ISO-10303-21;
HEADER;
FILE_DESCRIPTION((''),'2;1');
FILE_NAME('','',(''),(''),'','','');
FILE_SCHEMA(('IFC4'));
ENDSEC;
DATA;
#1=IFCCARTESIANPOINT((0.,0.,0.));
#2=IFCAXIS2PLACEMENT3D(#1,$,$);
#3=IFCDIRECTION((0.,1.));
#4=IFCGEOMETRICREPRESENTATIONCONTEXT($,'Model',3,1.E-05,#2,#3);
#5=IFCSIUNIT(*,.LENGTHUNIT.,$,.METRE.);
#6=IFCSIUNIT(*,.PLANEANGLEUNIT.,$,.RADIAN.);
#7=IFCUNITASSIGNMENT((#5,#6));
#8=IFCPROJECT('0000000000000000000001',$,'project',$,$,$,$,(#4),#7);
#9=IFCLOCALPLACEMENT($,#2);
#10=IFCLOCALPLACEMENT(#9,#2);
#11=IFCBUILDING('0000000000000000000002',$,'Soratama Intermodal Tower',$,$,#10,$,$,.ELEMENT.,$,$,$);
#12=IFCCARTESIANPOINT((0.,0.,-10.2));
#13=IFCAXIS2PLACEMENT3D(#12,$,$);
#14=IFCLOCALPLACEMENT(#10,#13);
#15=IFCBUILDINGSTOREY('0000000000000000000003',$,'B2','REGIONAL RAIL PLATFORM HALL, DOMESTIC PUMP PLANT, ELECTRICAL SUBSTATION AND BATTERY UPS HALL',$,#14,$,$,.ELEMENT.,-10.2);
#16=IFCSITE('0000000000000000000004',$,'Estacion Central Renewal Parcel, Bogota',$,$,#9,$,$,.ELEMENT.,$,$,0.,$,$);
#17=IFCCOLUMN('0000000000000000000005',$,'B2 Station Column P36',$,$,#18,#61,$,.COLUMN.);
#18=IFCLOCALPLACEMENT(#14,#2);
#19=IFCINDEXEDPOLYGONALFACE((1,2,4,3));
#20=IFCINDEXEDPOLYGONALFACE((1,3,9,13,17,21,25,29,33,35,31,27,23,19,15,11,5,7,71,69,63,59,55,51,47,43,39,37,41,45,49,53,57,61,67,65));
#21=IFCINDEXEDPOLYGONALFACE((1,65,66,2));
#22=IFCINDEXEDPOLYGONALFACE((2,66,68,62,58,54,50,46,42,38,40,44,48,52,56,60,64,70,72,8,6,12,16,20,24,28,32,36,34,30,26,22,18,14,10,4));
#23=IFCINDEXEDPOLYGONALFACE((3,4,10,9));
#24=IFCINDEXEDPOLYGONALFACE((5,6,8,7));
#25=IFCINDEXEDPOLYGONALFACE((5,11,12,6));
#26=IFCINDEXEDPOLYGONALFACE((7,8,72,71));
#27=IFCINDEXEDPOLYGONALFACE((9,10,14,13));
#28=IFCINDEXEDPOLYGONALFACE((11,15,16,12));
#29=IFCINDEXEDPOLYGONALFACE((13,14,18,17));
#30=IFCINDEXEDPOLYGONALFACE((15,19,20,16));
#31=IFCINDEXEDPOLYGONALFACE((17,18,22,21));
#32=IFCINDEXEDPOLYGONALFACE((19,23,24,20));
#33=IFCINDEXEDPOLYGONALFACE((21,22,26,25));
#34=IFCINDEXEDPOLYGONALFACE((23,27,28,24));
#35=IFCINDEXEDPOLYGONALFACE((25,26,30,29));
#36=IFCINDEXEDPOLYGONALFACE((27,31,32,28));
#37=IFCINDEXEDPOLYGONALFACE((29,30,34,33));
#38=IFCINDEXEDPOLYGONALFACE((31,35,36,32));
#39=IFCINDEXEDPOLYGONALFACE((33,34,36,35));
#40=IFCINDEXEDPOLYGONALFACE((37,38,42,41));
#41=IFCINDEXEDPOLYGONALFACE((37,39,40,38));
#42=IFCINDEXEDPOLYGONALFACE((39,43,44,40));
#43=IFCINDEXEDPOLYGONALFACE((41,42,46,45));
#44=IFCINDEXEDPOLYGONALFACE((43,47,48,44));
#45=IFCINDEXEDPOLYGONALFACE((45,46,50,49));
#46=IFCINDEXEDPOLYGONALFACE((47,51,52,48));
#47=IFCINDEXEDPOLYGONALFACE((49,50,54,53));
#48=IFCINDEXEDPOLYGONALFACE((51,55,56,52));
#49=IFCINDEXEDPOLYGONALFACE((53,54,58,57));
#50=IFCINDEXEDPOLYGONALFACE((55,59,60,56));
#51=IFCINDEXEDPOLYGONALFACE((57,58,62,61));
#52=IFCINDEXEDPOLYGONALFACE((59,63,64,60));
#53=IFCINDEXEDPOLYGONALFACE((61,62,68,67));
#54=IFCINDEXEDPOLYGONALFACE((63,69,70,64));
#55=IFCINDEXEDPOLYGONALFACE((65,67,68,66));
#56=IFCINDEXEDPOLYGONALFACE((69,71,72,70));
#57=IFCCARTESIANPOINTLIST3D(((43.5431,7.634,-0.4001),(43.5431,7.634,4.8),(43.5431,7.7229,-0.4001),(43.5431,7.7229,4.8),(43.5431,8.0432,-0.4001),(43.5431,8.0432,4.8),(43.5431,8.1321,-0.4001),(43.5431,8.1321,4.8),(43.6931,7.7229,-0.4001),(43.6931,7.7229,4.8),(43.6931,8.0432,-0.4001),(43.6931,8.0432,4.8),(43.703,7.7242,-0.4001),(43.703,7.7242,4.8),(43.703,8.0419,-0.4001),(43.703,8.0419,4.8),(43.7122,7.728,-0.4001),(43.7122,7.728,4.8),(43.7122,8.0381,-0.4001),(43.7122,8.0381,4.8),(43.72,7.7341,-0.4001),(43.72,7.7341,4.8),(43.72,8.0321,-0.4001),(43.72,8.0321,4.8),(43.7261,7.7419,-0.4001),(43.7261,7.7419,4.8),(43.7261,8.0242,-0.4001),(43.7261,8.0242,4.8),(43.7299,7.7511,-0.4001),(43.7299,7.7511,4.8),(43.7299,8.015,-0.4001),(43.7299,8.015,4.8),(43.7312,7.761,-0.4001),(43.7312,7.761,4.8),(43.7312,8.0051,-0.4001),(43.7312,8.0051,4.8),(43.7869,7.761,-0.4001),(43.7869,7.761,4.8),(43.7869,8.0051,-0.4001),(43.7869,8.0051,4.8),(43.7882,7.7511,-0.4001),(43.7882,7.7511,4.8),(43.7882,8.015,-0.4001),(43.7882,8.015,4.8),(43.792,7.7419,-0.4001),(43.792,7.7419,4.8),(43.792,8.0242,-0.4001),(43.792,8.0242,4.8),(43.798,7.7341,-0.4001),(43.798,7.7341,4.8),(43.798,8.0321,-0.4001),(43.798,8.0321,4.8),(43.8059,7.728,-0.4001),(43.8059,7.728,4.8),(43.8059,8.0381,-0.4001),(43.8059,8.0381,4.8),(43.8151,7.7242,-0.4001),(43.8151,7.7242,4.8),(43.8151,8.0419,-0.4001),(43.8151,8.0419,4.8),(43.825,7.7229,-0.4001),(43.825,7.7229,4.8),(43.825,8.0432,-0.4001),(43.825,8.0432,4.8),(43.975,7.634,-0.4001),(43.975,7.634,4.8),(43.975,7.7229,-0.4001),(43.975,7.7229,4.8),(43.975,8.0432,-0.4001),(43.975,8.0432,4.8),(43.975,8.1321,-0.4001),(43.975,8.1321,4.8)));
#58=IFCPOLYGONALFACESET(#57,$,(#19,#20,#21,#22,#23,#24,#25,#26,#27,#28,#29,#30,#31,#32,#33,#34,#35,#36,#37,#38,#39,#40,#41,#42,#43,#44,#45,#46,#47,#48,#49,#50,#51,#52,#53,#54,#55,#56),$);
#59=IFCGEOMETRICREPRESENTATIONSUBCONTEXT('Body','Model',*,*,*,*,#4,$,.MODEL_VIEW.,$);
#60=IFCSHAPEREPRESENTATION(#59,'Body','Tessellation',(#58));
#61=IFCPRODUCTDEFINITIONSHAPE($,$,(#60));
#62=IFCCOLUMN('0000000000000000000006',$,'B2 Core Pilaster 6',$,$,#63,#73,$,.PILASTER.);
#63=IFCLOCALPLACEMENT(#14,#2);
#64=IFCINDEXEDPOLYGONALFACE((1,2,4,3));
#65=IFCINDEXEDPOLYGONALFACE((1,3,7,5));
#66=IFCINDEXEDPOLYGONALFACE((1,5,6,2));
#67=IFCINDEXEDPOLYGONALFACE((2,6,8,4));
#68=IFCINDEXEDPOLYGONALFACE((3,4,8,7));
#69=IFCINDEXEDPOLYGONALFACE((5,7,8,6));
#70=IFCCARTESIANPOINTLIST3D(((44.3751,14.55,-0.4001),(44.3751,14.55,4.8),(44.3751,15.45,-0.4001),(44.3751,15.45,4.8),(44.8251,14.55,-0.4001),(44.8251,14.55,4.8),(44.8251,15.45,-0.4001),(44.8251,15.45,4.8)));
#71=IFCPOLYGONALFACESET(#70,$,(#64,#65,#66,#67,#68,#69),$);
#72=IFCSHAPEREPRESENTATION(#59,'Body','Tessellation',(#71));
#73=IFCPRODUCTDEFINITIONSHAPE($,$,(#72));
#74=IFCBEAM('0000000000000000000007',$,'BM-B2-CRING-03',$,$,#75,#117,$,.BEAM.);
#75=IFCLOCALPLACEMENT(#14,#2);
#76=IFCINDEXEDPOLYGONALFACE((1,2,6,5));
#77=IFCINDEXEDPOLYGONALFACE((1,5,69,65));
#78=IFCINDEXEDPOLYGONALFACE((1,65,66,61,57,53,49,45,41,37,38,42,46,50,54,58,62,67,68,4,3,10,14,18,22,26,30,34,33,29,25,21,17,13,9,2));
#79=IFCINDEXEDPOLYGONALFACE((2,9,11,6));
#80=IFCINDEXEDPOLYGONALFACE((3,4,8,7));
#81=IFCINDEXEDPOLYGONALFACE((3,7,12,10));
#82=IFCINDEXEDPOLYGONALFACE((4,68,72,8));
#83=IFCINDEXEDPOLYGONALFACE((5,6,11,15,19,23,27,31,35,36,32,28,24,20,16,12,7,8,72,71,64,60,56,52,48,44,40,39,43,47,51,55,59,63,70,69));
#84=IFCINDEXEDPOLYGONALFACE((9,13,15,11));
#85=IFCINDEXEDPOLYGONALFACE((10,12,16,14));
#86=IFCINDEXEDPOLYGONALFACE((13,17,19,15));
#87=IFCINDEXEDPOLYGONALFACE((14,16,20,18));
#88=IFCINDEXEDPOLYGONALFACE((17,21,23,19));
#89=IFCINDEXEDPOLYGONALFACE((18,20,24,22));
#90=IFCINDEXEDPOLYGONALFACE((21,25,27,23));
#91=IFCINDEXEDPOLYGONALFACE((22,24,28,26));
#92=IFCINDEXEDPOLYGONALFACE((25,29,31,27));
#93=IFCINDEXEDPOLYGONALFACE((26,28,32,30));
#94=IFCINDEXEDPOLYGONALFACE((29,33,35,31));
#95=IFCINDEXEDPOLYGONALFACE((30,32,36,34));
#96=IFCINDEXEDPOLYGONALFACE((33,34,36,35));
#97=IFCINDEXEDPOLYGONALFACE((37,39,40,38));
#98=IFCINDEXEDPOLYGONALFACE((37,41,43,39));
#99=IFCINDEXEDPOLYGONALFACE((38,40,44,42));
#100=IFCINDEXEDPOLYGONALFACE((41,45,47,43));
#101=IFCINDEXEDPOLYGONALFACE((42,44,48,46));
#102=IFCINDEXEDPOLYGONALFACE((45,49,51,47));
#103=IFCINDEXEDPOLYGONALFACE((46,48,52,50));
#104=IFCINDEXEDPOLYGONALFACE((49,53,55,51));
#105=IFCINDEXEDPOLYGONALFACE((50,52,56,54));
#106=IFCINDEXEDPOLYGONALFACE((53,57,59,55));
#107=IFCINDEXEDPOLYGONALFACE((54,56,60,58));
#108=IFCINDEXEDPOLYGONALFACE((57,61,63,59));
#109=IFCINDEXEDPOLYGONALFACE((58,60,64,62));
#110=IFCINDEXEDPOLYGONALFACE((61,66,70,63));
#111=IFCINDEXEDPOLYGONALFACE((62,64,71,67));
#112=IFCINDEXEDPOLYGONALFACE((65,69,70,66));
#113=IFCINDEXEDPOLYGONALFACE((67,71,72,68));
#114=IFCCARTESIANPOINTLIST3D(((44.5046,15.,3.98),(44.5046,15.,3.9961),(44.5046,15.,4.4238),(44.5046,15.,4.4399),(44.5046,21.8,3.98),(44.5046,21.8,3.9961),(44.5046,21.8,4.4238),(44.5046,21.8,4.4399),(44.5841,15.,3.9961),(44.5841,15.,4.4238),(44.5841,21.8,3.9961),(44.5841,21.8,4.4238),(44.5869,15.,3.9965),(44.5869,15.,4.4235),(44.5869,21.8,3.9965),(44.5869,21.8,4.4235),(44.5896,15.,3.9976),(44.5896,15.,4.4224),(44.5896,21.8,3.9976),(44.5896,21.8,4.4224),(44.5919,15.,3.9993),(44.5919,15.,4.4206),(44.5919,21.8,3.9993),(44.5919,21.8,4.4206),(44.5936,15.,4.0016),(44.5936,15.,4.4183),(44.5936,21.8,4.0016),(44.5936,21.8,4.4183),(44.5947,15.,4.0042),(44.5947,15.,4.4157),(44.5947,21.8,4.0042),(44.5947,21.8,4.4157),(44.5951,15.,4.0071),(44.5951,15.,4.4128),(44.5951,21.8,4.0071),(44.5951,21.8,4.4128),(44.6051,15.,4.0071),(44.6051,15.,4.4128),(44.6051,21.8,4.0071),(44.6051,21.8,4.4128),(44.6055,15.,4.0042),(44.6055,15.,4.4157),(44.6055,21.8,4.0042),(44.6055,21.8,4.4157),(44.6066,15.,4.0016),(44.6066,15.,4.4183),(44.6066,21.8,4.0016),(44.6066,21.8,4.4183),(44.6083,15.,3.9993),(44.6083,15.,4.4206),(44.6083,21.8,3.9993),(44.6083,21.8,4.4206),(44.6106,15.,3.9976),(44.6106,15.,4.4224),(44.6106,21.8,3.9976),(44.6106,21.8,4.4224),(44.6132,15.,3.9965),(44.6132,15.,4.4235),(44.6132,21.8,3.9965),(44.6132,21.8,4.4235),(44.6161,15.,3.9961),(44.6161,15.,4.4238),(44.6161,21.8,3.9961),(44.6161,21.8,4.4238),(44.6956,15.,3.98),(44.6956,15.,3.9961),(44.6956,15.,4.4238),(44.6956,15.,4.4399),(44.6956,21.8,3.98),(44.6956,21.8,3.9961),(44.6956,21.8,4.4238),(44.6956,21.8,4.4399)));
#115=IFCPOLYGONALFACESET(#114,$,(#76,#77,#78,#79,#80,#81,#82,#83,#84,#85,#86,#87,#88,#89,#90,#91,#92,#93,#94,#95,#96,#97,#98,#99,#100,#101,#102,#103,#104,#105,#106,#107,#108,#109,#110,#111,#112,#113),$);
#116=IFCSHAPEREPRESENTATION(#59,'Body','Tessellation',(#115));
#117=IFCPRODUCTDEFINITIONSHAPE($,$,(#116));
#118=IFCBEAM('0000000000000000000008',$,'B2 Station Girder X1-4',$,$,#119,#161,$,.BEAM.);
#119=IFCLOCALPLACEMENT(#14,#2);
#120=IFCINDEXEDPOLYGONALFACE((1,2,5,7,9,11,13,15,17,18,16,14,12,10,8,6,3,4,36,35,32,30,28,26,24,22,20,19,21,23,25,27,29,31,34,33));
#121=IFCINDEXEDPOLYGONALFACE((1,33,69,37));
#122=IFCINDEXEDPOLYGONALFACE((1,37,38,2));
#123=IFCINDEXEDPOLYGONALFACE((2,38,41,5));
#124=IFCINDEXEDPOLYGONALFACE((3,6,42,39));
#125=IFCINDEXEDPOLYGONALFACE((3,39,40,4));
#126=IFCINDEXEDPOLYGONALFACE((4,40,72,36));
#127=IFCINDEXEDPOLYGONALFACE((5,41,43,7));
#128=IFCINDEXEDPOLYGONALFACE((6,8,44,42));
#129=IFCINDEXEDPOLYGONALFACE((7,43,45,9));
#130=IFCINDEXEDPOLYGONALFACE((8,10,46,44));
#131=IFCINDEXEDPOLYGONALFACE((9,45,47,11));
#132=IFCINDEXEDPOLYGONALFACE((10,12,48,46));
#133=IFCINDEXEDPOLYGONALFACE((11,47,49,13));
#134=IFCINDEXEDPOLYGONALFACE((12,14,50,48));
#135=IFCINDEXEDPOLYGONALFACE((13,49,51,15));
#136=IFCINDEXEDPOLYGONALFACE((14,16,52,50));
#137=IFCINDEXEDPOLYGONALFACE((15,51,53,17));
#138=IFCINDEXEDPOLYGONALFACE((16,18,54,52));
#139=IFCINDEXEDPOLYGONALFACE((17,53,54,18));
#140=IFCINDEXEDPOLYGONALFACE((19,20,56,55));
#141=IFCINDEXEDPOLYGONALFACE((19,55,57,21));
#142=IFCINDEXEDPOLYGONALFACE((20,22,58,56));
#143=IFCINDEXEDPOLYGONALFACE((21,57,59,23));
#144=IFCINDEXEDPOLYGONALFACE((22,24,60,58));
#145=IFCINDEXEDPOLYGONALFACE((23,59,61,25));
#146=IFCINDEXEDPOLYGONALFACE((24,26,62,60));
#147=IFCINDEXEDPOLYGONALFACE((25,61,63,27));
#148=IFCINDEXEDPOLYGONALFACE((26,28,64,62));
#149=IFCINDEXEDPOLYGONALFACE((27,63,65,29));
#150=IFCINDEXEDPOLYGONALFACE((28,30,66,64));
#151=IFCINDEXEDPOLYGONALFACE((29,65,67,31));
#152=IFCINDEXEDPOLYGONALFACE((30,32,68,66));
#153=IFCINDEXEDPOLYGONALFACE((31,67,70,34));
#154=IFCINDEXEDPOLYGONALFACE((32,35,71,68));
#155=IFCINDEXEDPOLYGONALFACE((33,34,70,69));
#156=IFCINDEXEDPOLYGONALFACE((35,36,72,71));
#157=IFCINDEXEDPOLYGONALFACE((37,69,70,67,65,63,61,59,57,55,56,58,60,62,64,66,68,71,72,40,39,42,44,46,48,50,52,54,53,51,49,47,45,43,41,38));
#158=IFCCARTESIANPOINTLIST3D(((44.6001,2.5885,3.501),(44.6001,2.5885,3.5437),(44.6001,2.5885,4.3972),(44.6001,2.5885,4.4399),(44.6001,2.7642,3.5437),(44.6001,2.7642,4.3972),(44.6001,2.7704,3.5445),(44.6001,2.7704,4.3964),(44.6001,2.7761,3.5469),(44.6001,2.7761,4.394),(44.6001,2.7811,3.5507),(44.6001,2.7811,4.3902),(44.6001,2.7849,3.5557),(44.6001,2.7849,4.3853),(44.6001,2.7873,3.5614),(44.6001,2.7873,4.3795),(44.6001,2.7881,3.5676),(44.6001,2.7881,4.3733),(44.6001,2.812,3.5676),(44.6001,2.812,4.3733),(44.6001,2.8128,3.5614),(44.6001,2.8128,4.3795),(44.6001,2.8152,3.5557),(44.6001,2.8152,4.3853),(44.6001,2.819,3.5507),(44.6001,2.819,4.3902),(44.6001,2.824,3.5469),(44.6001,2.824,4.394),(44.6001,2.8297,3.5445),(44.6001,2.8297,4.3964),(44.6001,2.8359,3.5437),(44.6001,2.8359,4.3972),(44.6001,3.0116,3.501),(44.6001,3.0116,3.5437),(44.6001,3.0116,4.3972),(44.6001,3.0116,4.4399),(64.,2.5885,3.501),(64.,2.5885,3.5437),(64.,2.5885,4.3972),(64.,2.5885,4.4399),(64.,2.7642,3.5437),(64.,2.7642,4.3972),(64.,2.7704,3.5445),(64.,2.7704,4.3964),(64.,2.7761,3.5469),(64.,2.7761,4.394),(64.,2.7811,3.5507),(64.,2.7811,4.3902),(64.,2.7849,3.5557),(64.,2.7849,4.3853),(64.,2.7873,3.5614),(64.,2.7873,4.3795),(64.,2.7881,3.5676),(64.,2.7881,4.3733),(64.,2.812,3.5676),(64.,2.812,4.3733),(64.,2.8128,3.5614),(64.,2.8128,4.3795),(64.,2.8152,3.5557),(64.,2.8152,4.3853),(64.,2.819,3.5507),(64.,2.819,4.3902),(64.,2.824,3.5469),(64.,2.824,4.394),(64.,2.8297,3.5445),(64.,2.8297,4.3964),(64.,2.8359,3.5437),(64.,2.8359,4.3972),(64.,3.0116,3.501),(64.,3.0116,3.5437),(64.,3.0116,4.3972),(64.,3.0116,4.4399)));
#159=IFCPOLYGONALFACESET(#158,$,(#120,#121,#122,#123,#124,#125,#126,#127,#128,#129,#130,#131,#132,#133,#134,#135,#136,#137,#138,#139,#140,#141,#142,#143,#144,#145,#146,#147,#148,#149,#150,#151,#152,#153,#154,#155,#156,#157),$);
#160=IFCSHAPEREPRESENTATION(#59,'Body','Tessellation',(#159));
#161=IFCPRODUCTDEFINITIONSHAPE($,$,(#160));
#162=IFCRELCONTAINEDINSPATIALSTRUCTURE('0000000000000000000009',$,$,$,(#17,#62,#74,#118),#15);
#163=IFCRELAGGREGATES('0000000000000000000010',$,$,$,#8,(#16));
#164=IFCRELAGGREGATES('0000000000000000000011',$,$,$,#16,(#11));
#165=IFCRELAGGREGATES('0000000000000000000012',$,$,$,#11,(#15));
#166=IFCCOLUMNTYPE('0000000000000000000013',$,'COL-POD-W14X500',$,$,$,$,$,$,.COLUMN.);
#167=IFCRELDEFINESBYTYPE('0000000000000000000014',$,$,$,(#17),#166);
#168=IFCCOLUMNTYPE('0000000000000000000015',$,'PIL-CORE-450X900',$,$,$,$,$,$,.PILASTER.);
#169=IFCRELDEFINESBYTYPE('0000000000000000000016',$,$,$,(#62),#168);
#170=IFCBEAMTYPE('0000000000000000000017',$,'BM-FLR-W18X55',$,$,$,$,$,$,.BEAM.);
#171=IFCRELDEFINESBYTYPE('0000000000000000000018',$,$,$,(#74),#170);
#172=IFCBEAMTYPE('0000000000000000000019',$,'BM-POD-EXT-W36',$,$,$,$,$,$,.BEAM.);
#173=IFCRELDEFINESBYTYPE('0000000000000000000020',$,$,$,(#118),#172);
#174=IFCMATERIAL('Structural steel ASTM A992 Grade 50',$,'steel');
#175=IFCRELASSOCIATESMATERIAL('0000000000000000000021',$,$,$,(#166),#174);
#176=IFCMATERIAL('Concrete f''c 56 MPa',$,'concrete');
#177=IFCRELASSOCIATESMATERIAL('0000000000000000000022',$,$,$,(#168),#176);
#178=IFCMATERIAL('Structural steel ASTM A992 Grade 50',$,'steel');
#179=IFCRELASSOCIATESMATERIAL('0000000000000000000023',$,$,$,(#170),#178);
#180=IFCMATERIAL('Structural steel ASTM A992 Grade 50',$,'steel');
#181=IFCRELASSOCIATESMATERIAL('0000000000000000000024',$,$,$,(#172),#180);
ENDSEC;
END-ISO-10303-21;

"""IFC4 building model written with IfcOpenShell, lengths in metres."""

from ifc_helpers import new_model, si_unit, direction, frame, origin, origin_2d, place, context, subcontext, project, spatial, rectangle, i_section, extrude, material, material_profile, profile_set, type_object, element, save


model = new_model("IFC4")

# Units and contexts
model_context = context("Model", 3, precision=1e-05, world=origin(), true_north=direction((0.0, 1.0)))
body_context = subcontext(model_context, "Body", "Model", "MODEL_VIEW")
ifc_project = project(units=[si_unit("LENGTHUNIT", "METRE"), si_unit("PLANEANGLEUNIT", "RADIAN")], contexts=[model_context])

# Site, building, storey
site_placement = place(None, origin())
site = spatial("IfcSite", under=ifc_project, at=site_placement, Name="Estacion Central Renewal Parcel, Bogota", CompositionType="ELEMENT", RefElevation=0.0)
building_placement = place(site_placement, origin())
building = spatial("IfcBuilding", under=site, at=building_placement, Name="Soratama Intermodal Tower", CompositionType="ELEMENT")
storey_placement = place(building_placement, frame((0.0, 0.0, -10.2)))
storey = spatial("IfcBuildingStorey", under=building, at=storey_placement, Name="B2", Description="REGIONAL RAIL PLATFORM HALL, DOMESTIC PUMP PLANT, ELECTRICAL SUBSTATION AND BATTERY UPS HALL", CompositionType="ELEMENT", Elevation=-10.2)

# Columns
ifc_material_1 = material(Name="Structural steel ASTM A992 Grade 50", Category="steel")
ifc_material_profile_1 = material_profile(ifc_material_1, i_section(OverallWidth=0.4319, OverallDepth=0.498, WebThickness=0.0557, FlangeThickness=0.0889, FilletRadius=0.0381, at=origin_2d()), Name="W14X500")
ifc_profile_set_1 = profile_set([ifc_material_profile_1], Name="Structural steel ASTM A992 Grade 50")
column_type_1 = type_object("IfcColumnType", Name="COL-POD-W14X500", PredefinedType="COLUMN", material=ifc_profile_set_1)
column_1_placement = place(storey_placement, frame((43.759, 7.8831, -0.4001), z_axis=(0.0, 0.0, 1.0), x_axis=(1.0, 0.0, 0.0)))
element("IfcColumn", 1, at=column_1_placement, inside=storey, type_object=column_type_1, Name="B2 Station Column P36", PredefinedType="COLUMN", context=body_context, shape_type="SweptSolid", body=[
    extrude(i_section(OverallWidth=0.4319, OverallDepth=0.498, WebThickness=0.0557, FlangeThickness=0.0889, FilletRadius=0.0381, at=origin_2d()), origin(), (0.0, 0.0, 1.0), 5.2002),
])
ifc_material_2 = material(Name="Concrete f'c 56 MPa", Category="concrete")
ifc_material_profile_2 = material_profile(ifc_material_2, rectangle(XDim=0.45, YDim=0.8999, at=origin_2d()), Name="RC450X900")
ifc_profile_set_2 = profile_set([ifc_material_profile_2], Name="Concrete f'c 56 MPa")
column_type_2 = type_object("IfcColumnType", Name="PIL-CORE-450X900", PredefinedType="PILASTER", material=ifc_profile_set_2)
column_2_placement = place(storey_placement, frame((44.6001, 15.0, -0.4001), z_axis=(0.0, 0.0, 1.0), x_axis=(1.0, 0.0, 0.0)))
element("IfcColumn", 2, at=column_2_placement, inside=storey, type_object=column_type_2, Name="B2 Core Pilaster 6", PredefinedType="PILASTER", context=body_context, shape_type="SweptSolid", body=[
    extrude(rectangle(XDim=0.45, YDim=0.8999, at=origin_2d()), origin(), (0.0, 0.0, 1.0), 5.2002),
])

# Beams
ifc_material_3 = material(Name="Structural steel ASTM A992 Grade 50", Category="steel")
ifc_material_profile_3 = material_profile(ifc_material_3, i_section(OverallWidth=0.1909, OverallDepth=0.46, WebThickness=0.01, FlangeThickness=0.0161, FilletRadius=0.011, at=origin_2d()), Name="W18X55")
ifc_profile_set_3 = profile_set([ifc_material_profile_3], Name="Structural steel ASTM A992 Grade 50")
beam_type_1 = type_object("IfcBeamType", Name="BM-FLR-W18X55", PredefinedType="BEAM", material=ifc_profile_set_3)
beam_1_placement = place(storey_placement, frame((44.6001, 15.0, 4.21), z_axis=(0.0, 1.0, 0.0), x_axis=(-1.0, 0.0, 0.0)))
element("IfcBeam", 3, at=beam_1_placement, inside=storey, type_object=beam_type_1, Name="BM-B2-CRING-03", PredefinedType="BEAM", context=body_context, shape_type="SweptSolid", body=[
    extrude(i_section(OverallWidth=0.1909, OverallDepth=0.46, WebThickness=0.01, FlangeThickness=0.0161, FilletRadius=0.011, at=origin_2d()), origin(), (0.0, 0.0, 1.0), 6.8),
])
ifc_material_4 = material(Name="Structural steel ASTM A992 Grade 50", Category="steel")
ifc_material_profile_4 = material_profile(ifc_material_4, i_section(OverallWidth=0.4231, OverallDepth=0.939, WebThickness=0.0239, FlangeThickness=0.0427, FilletRadius=0.0239, at=origin_2d()), Name="W36X302")
ifc_profile_set_4 = profile_set([ifc_material_profile_4], Name="Structural steel ASTM A992 Grade 50")
beam_type_2 = type_object("IfcBeamType", Name="BM-POD-EXT-W36", PredefinedType="BEAM", material=ifc_profile_set_4)
beam_2_placement = place(storey_placement, frame((44.6001, 2.8, 3.9705), z_axis=(1.0, 0.0, 0.0), x_axis=(0.0, 1.0, 0.0)))
element("IfcBeam", 4, at=beam_2_placement, inside=storey, type_object=beam_type_2, Name="B2 Station Girder X1-4", PredefinedType="BEAM", context=body_context, shape_type="SweptSolid", body=[
    extrude(i_section(OverallWidth=0.4231, OverallDepth=0.939, WebThickness=0.0239, FlangeThickness=0.0427, FilletRadius=0.0239, at=origin_2d()), origin(), (0.0, 0.0, 1.0), 19.3999),
])

save(model, "model.ifc")
